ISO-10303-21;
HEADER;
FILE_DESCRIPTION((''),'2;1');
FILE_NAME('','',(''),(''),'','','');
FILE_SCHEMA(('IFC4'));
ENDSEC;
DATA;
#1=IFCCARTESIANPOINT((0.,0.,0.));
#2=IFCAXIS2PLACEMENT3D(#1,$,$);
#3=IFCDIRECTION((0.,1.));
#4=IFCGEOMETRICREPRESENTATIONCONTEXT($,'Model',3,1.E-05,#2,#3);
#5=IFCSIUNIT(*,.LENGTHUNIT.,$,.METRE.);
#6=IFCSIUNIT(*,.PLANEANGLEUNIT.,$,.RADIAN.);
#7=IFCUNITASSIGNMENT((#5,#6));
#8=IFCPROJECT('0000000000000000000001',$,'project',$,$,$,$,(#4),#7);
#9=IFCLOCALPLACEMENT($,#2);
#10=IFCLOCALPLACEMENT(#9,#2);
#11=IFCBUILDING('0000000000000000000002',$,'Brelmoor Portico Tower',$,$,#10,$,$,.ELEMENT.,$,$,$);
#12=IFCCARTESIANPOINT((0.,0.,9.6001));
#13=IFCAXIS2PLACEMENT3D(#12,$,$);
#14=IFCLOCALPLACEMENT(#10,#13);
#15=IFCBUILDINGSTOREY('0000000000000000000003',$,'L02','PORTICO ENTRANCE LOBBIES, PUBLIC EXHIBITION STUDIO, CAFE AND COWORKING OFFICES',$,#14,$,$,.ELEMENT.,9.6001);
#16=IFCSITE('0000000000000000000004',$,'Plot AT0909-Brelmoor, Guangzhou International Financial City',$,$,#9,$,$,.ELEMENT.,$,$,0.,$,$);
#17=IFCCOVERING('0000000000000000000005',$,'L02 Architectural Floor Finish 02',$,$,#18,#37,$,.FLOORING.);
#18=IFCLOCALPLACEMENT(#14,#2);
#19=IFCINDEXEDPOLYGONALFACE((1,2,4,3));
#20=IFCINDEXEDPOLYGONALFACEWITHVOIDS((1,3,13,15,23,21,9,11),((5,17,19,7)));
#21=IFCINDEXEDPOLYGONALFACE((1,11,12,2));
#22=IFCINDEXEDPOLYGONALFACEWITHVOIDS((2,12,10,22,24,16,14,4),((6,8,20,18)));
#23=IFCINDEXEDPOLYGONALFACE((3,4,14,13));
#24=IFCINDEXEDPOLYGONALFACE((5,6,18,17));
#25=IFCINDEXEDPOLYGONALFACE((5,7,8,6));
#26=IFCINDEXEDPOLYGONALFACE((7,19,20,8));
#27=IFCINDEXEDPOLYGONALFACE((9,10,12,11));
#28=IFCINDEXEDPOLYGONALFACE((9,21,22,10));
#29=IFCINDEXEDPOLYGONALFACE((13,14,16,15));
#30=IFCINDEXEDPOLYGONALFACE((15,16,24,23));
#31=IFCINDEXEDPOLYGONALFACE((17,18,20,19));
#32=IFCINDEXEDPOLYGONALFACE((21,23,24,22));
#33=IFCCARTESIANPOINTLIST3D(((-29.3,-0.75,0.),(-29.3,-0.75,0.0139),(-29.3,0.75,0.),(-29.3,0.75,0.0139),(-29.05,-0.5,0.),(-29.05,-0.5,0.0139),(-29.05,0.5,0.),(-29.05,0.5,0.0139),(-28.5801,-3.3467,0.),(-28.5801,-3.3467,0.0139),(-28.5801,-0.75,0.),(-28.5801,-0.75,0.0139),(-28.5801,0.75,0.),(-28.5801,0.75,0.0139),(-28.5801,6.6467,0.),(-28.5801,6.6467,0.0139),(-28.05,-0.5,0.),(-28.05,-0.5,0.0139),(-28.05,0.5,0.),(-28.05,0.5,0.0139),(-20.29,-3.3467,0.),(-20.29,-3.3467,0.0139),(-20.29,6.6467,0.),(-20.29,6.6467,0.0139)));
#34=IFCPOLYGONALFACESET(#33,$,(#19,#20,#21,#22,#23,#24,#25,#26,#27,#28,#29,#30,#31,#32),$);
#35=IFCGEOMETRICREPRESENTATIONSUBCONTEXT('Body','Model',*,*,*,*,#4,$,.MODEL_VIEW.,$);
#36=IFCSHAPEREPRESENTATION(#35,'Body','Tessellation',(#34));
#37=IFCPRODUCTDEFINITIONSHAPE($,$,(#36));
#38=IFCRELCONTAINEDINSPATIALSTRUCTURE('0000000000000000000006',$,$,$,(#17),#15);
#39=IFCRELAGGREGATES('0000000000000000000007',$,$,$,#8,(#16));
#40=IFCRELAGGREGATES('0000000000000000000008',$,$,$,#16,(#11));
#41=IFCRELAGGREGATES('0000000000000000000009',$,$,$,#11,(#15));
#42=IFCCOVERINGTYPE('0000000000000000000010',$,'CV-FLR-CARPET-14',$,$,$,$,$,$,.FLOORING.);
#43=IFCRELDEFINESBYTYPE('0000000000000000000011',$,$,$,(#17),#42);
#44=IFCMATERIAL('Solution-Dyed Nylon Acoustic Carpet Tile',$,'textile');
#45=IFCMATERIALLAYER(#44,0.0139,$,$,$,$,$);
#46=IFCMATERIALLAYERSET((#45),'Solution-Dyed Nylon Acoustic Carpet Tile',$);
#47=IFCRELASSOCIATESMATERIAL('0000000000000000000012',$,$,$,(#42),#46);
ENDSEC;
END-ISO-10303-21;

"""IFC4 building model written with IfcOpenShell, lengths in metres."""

from ifc_helpers import new_model, si_unit, direction, frame, origin, place, context, subcontext, project, spatial, polyline, outline, extrude, material, layer, layer_set, type_object, element, save


model = new_model("IFC4")

# Units and contexts
model_context = context("Model", 3, precision=1e-05, world=origin(), true_north=direction((0.0, 1.0)))
body_context = subcontext(model_context, "Body", "Model", "MODEL_VIEW")
ifc_project = project(units=[si_unit("LENGTHUNIT", "METRE"), si_unit("PLANEANGLEUNIT", "RADIAN")], contexts=[model_context])

# Site, building, storey
site_placement = place(None, origin())
site = spatial("IfcSite", under=ifc_project, at=site_placement, Name="Plot AT0909-Brelmoor, Guangzhou International Financial City", CompositionType="ELEMENT", RefElevation=0.0)
building_placement = place(site_placement, origin())
building = spatial("IfcBuilding", under=site, at=building_placement, Name="Brelmoor Portico Tower", CompositionType="ELEMENT")
storey_placement = place(building_placement, frame((0.0, 0.0, 9.6001)))
storey = spatial("IfcBuildingStorey", under=building, at=storey_placement, Name="L02", Description="PORTICO ENTRANCE LOBBIES, PUBLIC EXHIBITION STUDIO, CAFE AND COWORKING OFFICES", CompositionType="ELEMENT", Elevation=9.6001)

# Covering
ifc_material_1 = material(Name="Solution-Dyed Nylon Acoustic Carpet Tile", Category="textile")
ifc_layer_1 = layer(ifc_material_1, 0.0139)
ifc_layer_set_1 = layer_set([ifc_layer_1], Name="Solution-Dyed Nylon Acoustic Carpet Tile")
covering_type_1 = type_object("IfcCoveringType", Name="CV-FLR-CARPET-14", PredefinedType="FLOORING", material=ifc_layer_set_1)
covering_1_placement = place(storey_placement, origin())
element("IfcCovering", 1, at=covering_1_placement, inside=storey, type_object=covering_type_1, Name="L02 Architectural Floor Finish 02", PredefinedType="FLOORING", context=body_context, shape_type="SweptSolid", body=[
    extrude(outline(polyline([(-29.3, 0.75), (-28.5801, 0.75), (-28.5801, 6.6467), (-20.29, 6.6467), (-20.29, -3.3467), (-28.5801, -3.3467), (-28.5801, -0.75), (-29.3, -0.75), (-29.3, 0.75)]), holes=[polyline([(-28.05, -0.5), (-28.05, 0.5), (-29.05, 0.5), (-29.05, -0.5), (-28.05, -0.5)])]), origin(), (0.0, 0.0, 1.0), 0.0139),
])

save(model, "model.ifc")
